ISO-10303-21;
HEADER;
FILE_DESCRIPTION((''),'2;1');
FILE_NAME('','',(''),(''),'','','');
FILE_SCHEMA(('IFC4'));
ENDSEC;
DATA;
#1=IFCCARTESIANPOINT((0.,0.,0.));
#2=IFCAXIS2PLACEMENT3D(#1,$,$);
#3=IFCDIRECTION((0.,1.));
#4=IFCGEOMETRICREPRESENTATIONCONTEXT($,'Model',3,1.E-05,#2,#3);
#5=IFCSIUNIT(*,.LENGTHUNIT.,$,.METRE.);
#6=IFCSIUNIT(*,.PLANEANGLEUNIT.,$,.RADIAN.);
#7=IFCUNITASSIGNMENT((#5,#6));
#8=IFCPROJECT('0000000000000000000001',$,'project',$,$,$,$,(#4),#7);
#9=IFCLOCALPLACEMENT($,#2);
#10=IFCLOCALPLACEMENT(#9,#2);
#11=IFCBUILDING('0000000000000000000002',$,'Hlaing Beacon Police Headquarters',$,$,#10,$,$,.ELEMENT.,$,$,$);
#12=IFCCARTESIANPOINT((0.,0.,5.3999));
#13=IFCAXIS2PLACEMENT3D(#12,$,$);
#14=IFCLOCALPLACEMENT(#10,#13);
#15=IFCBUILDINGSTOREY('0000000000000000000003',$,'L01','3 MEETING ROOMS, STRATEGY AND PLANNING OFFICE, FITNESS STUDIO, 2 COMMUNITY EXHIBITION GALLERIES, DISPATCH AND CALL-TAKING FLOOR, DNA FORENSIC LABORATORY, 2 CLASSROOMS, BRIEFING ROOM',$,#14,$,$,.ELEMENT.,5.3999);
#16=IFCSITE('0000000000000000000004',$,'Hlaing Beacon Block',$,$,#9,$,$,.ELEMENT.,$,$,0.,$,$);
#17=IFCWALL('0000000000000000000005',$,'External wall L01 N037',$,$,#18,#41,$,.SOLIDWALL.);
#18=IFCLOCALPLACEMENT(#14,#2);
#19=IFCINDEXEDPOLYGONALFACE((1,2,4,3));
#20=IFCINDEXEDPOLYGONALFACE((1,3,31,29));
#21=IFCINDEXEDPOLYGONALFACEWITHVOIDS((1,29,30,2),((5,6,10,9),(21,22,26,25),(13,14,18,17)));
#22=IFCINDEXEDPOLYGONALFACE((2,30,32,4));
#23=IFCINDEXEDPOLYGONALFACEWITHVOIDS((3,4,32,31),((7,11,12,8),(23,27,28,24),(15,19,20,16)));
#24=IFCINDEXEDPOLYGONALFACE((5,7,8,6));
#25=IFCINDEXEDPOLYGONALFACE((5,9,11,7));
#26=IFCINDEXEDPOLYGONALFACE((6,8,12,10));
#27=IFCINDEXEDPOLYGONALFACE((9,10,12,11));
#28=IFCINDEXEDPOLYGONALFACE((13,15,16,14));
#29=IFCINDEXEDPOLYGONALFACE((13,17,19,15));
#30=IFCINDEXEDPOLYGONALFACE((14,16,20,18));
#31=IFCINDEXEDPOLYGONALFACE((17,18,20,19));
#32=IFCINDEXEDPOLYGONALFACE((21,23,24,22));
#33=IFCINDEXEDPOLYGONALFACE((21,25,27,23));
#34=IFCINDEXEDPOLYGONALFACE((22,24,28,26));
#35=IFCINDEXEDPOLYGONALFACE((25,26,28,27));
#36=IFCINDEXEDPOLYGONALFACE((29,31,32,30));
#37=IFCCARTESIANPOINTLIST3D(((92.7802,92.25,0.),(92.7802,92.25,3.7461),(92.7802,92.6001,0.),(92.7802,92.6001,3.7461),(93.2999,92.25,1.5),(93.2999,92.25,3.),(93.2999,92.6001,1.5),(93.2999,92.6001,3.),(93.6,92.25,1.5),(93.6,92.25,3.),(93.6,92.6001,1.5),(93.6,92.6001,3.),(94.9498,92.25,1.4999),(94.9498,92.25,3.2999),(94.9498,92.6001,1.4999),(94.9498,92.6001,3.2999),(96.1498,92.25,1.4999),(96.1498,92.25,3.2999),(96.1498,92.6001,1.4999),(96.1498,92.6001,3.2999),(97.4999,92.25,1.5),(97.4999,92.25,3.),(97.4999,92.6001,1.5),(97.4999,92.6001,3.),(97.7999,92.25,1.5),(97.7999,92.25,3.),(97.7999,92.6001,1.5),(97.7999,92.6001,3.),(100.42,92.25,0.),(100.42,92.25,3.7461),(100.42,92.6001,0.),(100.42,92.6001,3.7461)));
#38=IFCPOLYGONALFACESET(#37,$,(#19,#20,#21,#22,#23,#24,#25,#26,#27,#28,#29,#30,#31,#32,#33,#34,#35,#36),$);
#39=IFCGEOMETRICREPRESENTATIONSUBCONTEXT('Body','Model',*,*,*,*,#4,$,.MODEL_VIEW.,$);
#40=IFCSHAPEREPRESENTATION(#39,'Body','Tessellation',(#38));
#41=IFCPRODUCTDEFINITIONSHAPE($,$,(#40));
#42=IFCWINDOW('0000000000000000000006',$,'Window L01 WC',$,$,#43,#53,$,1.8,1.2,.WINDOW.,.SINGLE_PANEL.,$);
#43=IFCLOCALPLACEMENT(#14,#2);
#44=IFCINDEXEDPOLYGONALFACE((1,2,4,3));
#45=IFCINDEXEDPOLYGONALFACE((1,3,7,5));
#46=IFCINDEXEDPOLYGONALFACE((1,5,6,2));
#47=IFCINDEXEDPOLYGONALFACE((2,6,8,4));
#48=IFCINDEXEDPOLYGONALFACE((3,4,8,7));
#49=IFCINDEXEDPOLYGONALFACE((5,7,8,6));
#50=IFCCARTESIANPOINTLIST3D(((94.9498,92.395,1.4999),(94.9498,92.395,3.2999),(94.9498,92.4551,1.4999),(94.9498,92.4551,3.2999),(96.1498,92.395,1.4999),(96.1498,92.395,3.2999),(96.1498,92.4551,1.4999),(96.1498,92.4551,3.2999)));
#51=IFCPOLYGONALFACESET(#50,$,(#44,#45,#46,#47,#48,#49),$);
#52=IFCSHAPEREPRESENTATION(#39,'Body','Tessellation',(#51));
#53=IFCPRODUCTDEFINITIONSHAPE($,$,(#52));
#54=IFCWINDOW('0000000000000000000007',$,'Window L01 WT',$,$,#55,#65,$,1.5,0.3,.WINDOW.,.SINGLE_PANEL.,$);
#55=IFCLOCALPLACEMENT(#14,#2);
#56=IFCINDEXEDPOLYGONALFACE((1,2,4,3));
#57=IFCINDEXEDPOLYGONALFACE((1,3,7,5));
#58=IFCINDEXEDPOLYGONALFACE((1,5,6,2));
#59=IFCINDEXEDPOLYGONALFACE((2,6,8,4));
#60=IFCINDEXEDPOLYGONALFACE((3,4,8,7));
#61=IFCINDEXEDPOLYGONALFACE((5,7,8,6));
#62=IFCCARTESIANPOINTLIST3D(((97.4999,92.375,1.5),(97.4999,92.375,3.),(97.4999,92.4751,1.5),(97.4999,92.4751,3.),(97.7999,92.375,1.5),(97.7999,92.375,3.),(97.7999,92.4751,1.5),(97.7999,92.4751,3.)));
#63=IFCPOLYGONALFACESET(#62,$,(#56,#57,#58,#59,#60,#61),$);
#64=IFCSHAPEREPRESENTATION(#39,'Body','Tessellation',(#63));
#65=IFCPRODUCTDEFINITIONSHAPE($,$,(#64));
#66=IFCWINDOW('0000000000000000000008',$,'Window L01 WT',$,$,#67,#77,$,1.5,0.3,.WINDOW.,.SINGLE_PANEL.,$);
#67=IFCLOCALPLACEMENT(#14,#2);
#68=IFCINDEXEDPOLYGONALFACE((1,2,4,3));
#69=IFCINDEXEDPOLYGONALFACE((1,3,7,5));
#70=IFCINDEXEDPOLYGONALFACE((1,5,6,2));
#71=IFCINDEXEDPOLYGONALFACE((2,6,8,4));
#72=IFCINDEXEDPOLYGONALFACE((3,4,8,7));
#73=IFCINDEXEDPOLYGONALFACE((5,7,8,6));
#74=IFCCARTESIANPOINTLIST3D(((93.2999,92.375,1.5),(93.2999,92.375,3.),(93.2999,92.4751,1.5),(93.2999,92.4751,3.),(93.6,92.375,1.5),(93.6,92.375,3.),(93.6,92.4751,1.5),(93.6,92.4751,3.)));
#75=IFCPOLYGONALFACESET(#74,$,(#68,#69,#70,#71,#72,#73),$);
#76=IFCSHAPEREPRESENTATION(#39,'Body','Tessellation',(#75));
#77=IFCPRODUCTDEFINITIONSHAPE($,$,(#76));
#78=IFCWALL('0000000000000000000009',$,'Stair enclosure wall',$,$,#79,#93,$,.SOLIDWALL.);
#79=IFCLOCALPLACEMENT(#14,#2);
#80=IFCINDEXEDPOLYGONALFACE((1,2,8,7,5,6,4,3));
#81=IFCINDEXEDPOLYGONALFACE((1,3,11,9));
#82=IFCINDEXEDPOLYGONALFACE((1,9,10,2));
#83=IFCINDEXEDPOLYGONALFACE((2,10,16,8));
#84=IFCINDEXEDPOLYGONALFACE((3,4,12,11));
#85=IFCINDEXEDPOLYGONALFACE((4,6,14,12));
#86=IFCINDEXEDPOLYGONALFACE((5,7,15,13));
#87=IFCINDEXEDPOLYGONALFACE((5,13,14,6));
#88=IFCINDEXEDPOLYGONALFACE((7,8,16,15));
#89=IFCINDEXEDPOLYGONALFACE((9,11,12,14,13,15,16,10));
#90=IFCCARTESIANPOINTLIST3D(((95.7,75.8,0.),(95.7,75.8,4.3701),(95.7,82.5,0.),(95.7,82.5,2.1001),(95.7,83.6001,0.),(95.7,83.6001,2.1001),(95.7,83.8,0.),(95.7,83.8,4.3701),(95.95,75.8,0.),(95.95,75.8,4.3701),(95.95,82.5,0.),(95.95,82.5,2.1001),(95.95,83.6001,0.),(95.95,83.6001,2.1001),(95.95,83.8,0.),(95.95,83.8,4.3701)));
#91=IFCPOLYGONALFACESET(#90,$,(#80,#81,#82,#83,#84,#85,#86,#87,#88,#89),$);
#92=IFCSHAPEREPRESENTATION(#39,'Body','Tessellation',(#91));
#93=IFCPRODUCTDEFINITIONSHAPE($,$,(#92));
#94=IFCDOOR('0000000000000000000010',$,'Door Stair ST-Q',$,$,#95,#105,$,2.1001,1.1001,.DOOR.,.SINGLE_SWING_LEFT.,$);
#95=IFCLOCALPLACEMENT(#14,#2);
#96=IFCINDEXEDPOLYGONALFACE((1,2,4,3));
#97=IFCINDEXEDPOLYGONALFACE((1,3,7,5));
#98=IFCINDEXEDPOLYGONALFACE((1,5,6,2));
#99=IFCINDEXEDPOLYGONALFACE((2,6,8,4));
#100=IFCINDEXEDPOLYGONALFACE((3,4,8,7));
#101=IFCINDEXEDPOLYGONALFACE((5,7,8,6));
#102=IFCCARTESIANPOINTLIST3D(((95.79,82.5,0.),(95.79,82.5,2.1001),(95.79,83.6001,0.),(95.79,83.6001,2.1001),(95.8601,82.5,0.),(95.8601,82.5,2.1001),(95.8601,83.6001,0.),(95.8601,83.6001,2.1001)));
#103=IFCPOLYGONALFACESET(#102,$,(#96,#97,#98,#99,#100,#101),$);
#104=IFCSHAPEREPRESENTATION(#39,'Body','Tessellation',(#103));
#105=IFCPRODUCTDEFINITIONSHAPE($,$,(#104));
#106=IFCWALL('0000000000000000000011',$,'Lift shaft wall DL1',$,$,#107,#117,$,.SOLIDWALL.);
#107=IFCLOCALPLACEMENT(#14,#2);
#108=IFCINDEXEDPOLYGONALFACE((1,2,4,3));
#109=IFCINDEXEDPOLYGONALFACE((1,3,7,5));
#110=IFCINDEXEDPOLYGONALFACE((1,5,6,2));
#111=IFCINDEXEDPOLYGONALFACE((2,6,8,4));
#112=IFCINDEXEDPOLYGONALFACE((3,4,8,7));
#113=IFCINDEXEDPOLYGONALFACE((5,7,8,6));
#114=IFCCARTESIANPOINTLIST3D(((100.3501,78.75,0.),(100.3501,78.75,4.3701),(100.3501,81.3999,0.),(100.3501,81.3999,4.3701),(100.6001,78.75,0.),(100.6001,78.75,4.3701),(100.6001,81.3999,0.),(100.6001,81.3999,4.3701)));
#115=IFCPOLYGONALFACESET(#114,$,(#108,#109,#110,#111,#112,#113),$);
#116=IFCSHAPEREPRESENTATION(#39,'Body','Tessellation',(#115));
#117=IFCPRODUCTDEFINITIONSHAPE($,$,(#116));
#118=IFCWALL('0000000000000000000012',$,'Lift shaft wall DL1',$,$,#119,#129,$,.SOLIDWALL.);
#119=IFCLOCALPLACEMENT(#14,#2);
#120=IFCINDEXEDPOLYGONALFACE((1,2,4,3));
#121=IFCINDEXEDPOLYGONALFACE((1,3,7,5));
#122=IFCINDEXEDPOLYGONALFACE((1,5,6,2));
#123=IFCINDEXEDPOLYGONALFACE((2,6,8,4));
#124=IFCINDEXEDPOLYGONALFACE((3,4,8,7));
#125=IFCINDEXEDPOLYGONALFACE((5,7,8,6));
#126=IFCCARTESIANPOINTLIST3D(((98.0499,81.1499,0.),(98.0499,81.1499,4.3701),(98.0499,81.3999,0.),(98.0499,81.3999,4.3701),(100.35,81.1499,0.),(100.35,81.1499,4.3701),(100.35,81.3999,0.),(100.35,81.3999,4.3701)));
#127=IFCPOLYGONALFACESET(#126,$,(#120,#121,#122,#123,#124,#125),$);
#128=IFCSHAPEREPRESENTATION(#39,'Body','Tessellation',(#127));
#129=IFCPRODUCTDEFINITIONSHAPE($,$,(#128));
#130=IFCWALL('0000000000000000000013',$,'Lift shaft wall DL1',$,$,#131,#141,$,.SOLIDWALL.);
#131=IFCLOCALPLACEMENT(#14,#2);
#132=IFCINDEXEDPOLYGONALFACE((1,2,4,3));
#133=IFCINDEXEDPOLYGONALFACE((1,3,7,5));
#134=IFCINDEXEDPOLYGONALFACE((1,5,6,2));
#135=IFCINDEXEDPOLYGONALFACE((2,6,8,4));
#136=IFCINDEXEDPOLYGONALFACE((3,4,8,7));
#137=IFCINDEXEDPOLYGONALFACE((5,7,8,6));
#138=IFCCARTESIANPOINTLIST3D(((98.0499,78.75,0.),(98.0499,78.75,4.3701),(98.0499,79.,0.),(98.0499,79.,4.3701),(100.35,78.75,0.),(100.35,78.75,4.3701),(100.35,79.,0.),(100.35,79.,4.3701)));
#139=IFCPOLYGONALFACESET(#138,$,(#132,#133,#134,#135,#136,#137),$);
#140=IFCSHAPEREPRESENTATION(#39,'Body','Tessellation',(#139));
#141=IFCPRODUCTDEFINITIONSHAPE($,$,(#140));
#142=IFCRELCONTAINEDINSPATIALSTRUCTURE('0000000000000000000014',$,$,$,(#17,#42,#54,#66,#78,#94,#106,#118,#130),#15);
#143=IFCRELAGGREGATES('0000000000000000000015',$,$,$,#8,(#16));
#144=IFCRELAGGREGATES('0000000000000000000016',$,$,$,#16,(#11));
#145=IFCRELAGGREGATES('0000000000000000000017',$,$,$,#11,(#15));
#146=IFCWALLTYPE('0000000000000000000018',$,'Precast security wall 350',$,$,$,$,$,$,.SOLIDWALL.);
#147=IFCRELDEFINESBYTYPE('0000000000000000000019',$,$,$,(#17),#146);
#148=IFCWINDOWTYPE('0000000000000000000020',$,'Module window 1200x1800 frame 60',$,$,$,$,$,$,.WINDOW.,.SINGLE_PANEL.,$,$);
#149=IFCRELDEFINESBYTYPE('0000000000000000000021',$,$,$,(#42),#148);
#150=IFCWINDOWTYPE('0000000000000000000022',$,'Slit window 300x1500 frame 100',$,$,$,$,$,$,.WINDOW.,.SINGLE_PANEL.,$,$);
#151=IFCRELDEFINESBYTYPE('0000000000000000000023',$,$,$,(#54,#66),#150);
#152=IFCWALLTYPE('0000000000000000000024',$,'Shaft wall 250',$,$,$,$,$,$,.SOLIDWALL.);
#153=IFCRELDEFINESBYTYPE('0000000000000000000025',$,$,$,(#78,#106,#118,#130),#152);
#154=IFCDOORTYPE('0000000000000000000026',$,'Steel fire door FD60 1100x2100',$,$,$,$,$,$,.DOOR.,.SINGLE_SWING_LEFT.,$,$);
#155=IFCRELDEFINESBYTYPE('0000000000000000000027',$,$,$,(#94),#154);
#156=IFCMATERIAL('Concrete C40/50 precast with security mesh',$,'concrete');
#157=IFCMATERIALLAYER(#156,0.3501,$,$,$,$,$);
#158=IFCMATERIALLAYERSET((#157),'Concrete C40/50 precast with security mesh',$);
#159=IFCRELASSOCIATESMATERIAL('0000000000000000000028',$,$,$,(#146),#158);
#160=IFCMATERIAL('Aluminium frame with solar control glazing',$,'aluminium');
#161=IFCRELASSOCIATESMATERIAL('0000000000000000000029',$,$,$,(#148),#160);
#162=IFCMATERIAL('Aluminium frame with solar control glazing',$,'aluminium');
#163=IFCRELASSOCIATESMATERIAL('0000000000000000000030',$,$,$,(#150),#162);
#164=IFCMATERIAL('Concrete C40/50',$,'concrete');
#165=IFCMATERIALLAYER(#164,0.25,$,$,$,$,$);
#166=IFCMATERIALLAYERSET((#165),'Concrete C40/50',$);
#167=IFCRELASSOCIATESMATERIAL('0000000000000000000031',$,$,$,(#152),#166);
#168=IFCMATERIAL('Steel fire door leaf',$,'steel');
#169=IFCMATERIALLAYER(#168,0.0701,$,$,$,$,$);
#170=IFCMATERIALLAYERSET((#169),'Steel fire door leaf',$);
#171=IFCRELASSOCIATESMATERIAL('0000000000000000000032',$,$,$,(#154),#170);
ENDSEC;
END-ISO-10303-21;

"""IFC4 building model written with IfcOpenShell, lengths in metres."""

from ifc_helpers import new_model, si_unit, direction, frame, frame_2d, origin, place, context, subcontext, project, spatial, rectangle, extrude, material, layer, layer_set, type_object, element, fill, save


model = new_model("IFC4")

# Units and contexts
model_context = context("Model", 3, precision=1e-05, world=origin(), true_north=direction((0.0, 1.0)))
body_context = subcontext(model_context, "Body", "Model", "MODEL_VIEW")
ifc_project = project(units=[si_unit("LENGTHUNIT", "METRE"), si_unit("PLANEANGLEUNIT", "RADIAN")], contexts=[model_context])

# Site, building, storey
site_placement = place(None, origin())
site = spatial("IfcSite", under=ifc_project, at=site_placement, Name="Hlaing Beacon Block", CompositionType="ELEMENT", RefElevation=0.0)
building_placement = place(site_placement, origin())
building = spatial("IfcBuilding", under=site, at=building_placement, Name="Hlaing Beacon Police Headquarters", CompositionType="ELEMENT")
storey_placement = place(building_placement, frame((0.0, 0.0, 5.3999)))
storey = spatial("IfcBuildingStorey", under=building, at=storey_placement, Name="L01", Description="3 MEETING ROOMS, STRATEGY AND PLANNING OFFICE, FITNESS STUDIO, 2 COMMUNITY EXHIBITION GALLERIES, DISPATCH AND CALL-TAKING FLOOR, DNA FORENSIC LABORATORY, 2 CLASSROOMS, BRIEFING ROOM", CompositionType="ELEMENT", Elevation=5.3999)

# Wall, openings, windows
ifc_material_1 = material(Name="Concrete C40/50 precast with security mesh", Category="concrete")
ifc_layer_1 = layer(ifc_material_1, 0.3501)
ifc_layer_set_1 = layer_set([ifc_layer_1], Name="Concrete C40/50 precast with security mesh")
wall_type_1 = type_object("IfcWallType", Name="Precast security wall 350", PredefinedType="SOLIDWALL", material=ifc_layer_set_1)
wall_1_placement = place(storey_placement, frame((100.4199, 92.425, 0.0), z_axis=(0.0, 0.0, 1.0), x_axis=(-1.0, 0.0, 0.0)))
wall_1 = element("IfcWall", 1, at=wall_1_placement, inside=storey, type_object=wall_type_1, Name="External wall L01 N037", PredefinedType="SOLIDWALL", context=body_context, shape_type="SweptSolid", body=[
    extrude(rectangle(XDim=7.6399, YDim=0.3501, at=frame_2d((3.8198, 0.0))), origin(), (0.0, 0.0, 1.0), 3.7461),
])
opening_1_placement = place(wall_1_placement, frame((2.6201, 0.0, 1.5)))
opening_1 = element("IfcOpeningElement", 2, at=opening_1_placement, cuts=wall_1, PredefinedType="OPENING", context=body_context, shape_type="SweptSolid", body=[
    extrude(rectangle(XDim=0.3, YDim=1.5, at=frame_2d((0.1499, 0.75))), frame((0.0, 0.1851, 0.0), z_axis=(0.0, -1.0, 0.0), x_axis=(1.0, 0.0, 0.0)), (0.0, 0.0, 1.0), 0.3701),
])
opening_2_placement = place(wall_1_placement, frame((4.27, 0.0, 1.5)))
opening_2 = element("IfcOpeningElement", 3, at=opening_2_placement, cuts=wall_1, PredefinedType="OPENING", context=body_context, shape_type="SweptSolid", body=[
    extrude(rectangle(XDim=1.2, YDim=1.8, at=frame_2d((0.6001, 0.8999))), frame((0.0, 0.1851, 0.0), z_axis=(0.0, -1.0, 0.0), x_axis=(1.0, 0.0, 0.0)), (0.0, 0.0, 1.0), 0.3701),
])
opening_3_placement = place(wall_1_placement, frame((6.8201, 0.0, 1.5)))
opening_3 = element("IfcOpeningElement", 4, at=opening_3_placement, cuts=wall_1, PredefinedType="OPENING", context=body_context, shape_type="SweptSolid", body=[
    extrude(rectangle(XDim=0.3, YDim=1.5, at=frame_2d((0.1499, 0.75))), frame((0.0, 0.1851, 0.0), z_axis=(0.0, -1.0, 0.0), x_axis=(1.0, 0.0, 0.0)), (0.0, 0.0, 1.0), 0.3701),
])
ifc_material_2 = material(Name="Aluminium frame with solar control glazing", Category="aluminium")
window_type_1 = type_object("IfcWindowType", Name="Module window 1200x1800 frame 60", PartitioningType="SINGLE_PANEL", PredefinedType="WINDOW", material=ifc_material_2)
window_1_placement = place(opening_2_placement, origin())
window_1 = element("IfcWindow", 5, at=window_1_placement, inside=storey, type_object=window_type_1, Name="Window L01 WC", OverallHeight=1.8, OverallWidth=1.2, PartitioningType="SINGLE_PANEL", PredefinedType="WINDOW", context=body_context, shape_type="SweptSolid", body=[
    extrude(rectangle(XDim=1.2, YDim=1.8, at=frame_2d((0.6001, 0.8999))), frame((0.0, 0.03, 0.0), z_axis=(0.0, -1.0, 0.0), x_axis=(1.0, 0.0, 0.0)), (0.0, 0.0, 1.0), 0.0601),
])
fill(opening_2, window_1)
ifc_material_3 = material(Name="Aluminium frame with solar control glazing", Category="aluminium")
window_type_2 = type_object("IfcWindowType", Name="Slit window 300x1500 frame 100", PartitioningType="SINGLE_PANEL", PredefinedType="WINDOW", material=ifc_material_3)
window_2_placement = place(opening_1_placement, origin())
window_2 = element("IfcWindow", 6, at=window_2_placement, inside=storey, type_object=window_type_2, Name="Window L01 WT", OverallHeight=1.5, OverallWidth=0.3, PartitioningType="SINGLE_PANEL", PredefinedType="WINDOW", context=body_context, shape_type="SweptSolid", body=[
    extrude(rectangle(XDim=0.3, YDim=1.5, at=frame_2d((0.1499, 0.75))), frame((0.0, 0.05, 0.0), z_axis=(0.0, -1.0, 0.0), x_axis=(1.0, 0.0, 0.0)), (0.0, 0.0, 1.0), 0.1001),
])
fill(opening_1, window_2)
window_3_placement = place(opening_3_placement, origin())
window_3 = element("IfcWindow", 7, at=window_3_placement, inside=storey, type_object=window_type_2, Name="Window L01 WT", OverallHeight=1.5, OverallWidth=0.3, PartitioningType="SINGLE_PANEL", PredefinedType="WINDOW", context=body_context, shape_type="SweptSolid", body=[
    extrude(rectangle(XDim=0.3, YDim=1.5, at=frame_2d((0.1499, 0.75))), frame((0.0, 0.05, 0.0), z_axis=(0.0, -1.0, 0.0), x_axis=(1.0, 0.0, 0.0)), (0.0, 0.0, 1.0), 0.1001),
])
fill(opening_3, window_3)

# Wall, opening, door
ifc_material_4 = material(Name="Concrete C40/50", Category="concrete")
ifc_layer_2 = layer(ifc_material_4, 0.25)
ifc_layer_set_2 = layer_set([ifc_layer_2], Name="Concrete C40/50")
wall_type_2 = type_object("IfcWallType", Name="Shaft wall 250", PredefinedType="SOLIDWALL", material=ifc_layer_set_2)
wall_2_placement = place(storey_placement, frame((95.825, 83.8, 0.0), z_axis=(0.0, 0.0, 1.0), x_axis=(0.0, -1.0, 0.0)))
wall_2 = element("IfcWall", 8, at=wall_2_placement, inside=storey, type_object=wall_type_2, Name="Stair enclosure wall", PredefinedType="SOLIDWALL", context=body_context, shape_type="SweptSolid", body=[
    extrude(rectangle(XDim=8.0, YDim=0.25, at=frame_2d((4.0, 0.0))), origin(), (0.0, 0.0, 1.0), 4.3701),
])
opening_4_placement = place(wall_2_placement, frame((0.2, 0.0, 0.0)))
opening_4 = element("IfcOpeningElement", 9, at=opening_4_placement, cuts=wall_2, PredefinedType="OPENING", context=body_context, shape_type="SweptSolid", body=[
    extrude(rectangle(XDim=1.1001, YDim=2.1001, at=frame_2d((0.55, 1.05))), frame((0.0, 0.135, 0.0), z_axis=(0.0, -1.0, 0.0), x_axis=(1.0, 0.0, 0.0)), (0.0, 0.0, 1.0), 0.27),
])
ifc_material_5 = material(Name="Steel fire door leaf", Category="steel")
ifc_layer_3 = layer(ifc_material_5, 0.0701)
ifc_layer_set_3 = layer_set([ifc_layer_3], Name="Steel fire door leaf")
door_type_1 = type_object("IfcDoorType", Name="Steel fire door FD60 1100x2100", OperationType="SINGLE_SWING_LEFT", PredefinedType="DOOR", material=ifc_layer_set_3)
door_1_placement = place(opening_4_placement, frame((1.1001, 0.0, 0.0), z_axis=(0.0, 0.0, 1.0), x_axis=(-1.0, 0.0, 0.0)))
door_1 = element("IfcDoor", 10, at=door_1_placement, inside=storey, type_object=door_type_1, Name="Door Stair ST-Q", OperationType="SINGLE_SWING_LEFT", OverallHeight=2.1001, OverallWidth=1.1001, PredefinedType="DOOR", context=body_context, shape_type="SweptSolid", body=[
    extrude(rectangle(XDim=1.1001, YDim=2.1001, at=frame_2d((0.55, 1.05))), frame((0.0, 0.0349, 0.0), z_axis=(0.0, -1.0, 0.0), x_axis=(1.0, 0.0, 0.0)), (0.0, 0.0, 1.0), 0.0701),
])
fill(opening_4, door_1)

# Walls
wall_3_placement = place(storey_placement, frame((100.4751, 78.75, 0.0), z_axis=(0.0, 0.0, 1.0), x_axis=(0.0, 1.0, 0.0)))
element("IfcWall", 11, at=wall_3_placement, inside=storey, type_object=wall_type_2, Name="Lift shaft wall DL1", PredefinedType="SOLIDWALL", context=body_context, shape_type="SweptSolid", body=[
    extrude(rectangle(XDim=2.6499, YDim=0.25, at=frame_2d((1.325, 0.0))), origin(), (0.0, 0.0, 1.0), 4.3701),
])
for number, where, z_axis, x_axis, name in (
    (12, (98.05, 81.2749, 0.0), (0.0, 0.0, 1.0), (1.0, 0.0, 0.0), "Lift shaft wall DL1"),
    (13, (98.05, 78.875, 0.0), (0.0, 0.0, 1.0), (1.0, 0.0, 0.0), "Lift shaft wall DL1"),
):
    element("IfcWall", number, at=place(storey_placement, frame(where, z_axis=z_axis, x_axis=x_axis)), inside=storey, type_object=wall_type_2, Name=name, PredefinedType="SOLIDWALL", context=body_context, shape_type="SweptSolid", body=[
        extrude(rectangle(XDim=2.3, YDim=0.25, at=frame_2d((1.1499, 0.0))), origin(), (0.0, 0.0, 1.0), 4.3701),
    ])

save(model, "model.ifc")
